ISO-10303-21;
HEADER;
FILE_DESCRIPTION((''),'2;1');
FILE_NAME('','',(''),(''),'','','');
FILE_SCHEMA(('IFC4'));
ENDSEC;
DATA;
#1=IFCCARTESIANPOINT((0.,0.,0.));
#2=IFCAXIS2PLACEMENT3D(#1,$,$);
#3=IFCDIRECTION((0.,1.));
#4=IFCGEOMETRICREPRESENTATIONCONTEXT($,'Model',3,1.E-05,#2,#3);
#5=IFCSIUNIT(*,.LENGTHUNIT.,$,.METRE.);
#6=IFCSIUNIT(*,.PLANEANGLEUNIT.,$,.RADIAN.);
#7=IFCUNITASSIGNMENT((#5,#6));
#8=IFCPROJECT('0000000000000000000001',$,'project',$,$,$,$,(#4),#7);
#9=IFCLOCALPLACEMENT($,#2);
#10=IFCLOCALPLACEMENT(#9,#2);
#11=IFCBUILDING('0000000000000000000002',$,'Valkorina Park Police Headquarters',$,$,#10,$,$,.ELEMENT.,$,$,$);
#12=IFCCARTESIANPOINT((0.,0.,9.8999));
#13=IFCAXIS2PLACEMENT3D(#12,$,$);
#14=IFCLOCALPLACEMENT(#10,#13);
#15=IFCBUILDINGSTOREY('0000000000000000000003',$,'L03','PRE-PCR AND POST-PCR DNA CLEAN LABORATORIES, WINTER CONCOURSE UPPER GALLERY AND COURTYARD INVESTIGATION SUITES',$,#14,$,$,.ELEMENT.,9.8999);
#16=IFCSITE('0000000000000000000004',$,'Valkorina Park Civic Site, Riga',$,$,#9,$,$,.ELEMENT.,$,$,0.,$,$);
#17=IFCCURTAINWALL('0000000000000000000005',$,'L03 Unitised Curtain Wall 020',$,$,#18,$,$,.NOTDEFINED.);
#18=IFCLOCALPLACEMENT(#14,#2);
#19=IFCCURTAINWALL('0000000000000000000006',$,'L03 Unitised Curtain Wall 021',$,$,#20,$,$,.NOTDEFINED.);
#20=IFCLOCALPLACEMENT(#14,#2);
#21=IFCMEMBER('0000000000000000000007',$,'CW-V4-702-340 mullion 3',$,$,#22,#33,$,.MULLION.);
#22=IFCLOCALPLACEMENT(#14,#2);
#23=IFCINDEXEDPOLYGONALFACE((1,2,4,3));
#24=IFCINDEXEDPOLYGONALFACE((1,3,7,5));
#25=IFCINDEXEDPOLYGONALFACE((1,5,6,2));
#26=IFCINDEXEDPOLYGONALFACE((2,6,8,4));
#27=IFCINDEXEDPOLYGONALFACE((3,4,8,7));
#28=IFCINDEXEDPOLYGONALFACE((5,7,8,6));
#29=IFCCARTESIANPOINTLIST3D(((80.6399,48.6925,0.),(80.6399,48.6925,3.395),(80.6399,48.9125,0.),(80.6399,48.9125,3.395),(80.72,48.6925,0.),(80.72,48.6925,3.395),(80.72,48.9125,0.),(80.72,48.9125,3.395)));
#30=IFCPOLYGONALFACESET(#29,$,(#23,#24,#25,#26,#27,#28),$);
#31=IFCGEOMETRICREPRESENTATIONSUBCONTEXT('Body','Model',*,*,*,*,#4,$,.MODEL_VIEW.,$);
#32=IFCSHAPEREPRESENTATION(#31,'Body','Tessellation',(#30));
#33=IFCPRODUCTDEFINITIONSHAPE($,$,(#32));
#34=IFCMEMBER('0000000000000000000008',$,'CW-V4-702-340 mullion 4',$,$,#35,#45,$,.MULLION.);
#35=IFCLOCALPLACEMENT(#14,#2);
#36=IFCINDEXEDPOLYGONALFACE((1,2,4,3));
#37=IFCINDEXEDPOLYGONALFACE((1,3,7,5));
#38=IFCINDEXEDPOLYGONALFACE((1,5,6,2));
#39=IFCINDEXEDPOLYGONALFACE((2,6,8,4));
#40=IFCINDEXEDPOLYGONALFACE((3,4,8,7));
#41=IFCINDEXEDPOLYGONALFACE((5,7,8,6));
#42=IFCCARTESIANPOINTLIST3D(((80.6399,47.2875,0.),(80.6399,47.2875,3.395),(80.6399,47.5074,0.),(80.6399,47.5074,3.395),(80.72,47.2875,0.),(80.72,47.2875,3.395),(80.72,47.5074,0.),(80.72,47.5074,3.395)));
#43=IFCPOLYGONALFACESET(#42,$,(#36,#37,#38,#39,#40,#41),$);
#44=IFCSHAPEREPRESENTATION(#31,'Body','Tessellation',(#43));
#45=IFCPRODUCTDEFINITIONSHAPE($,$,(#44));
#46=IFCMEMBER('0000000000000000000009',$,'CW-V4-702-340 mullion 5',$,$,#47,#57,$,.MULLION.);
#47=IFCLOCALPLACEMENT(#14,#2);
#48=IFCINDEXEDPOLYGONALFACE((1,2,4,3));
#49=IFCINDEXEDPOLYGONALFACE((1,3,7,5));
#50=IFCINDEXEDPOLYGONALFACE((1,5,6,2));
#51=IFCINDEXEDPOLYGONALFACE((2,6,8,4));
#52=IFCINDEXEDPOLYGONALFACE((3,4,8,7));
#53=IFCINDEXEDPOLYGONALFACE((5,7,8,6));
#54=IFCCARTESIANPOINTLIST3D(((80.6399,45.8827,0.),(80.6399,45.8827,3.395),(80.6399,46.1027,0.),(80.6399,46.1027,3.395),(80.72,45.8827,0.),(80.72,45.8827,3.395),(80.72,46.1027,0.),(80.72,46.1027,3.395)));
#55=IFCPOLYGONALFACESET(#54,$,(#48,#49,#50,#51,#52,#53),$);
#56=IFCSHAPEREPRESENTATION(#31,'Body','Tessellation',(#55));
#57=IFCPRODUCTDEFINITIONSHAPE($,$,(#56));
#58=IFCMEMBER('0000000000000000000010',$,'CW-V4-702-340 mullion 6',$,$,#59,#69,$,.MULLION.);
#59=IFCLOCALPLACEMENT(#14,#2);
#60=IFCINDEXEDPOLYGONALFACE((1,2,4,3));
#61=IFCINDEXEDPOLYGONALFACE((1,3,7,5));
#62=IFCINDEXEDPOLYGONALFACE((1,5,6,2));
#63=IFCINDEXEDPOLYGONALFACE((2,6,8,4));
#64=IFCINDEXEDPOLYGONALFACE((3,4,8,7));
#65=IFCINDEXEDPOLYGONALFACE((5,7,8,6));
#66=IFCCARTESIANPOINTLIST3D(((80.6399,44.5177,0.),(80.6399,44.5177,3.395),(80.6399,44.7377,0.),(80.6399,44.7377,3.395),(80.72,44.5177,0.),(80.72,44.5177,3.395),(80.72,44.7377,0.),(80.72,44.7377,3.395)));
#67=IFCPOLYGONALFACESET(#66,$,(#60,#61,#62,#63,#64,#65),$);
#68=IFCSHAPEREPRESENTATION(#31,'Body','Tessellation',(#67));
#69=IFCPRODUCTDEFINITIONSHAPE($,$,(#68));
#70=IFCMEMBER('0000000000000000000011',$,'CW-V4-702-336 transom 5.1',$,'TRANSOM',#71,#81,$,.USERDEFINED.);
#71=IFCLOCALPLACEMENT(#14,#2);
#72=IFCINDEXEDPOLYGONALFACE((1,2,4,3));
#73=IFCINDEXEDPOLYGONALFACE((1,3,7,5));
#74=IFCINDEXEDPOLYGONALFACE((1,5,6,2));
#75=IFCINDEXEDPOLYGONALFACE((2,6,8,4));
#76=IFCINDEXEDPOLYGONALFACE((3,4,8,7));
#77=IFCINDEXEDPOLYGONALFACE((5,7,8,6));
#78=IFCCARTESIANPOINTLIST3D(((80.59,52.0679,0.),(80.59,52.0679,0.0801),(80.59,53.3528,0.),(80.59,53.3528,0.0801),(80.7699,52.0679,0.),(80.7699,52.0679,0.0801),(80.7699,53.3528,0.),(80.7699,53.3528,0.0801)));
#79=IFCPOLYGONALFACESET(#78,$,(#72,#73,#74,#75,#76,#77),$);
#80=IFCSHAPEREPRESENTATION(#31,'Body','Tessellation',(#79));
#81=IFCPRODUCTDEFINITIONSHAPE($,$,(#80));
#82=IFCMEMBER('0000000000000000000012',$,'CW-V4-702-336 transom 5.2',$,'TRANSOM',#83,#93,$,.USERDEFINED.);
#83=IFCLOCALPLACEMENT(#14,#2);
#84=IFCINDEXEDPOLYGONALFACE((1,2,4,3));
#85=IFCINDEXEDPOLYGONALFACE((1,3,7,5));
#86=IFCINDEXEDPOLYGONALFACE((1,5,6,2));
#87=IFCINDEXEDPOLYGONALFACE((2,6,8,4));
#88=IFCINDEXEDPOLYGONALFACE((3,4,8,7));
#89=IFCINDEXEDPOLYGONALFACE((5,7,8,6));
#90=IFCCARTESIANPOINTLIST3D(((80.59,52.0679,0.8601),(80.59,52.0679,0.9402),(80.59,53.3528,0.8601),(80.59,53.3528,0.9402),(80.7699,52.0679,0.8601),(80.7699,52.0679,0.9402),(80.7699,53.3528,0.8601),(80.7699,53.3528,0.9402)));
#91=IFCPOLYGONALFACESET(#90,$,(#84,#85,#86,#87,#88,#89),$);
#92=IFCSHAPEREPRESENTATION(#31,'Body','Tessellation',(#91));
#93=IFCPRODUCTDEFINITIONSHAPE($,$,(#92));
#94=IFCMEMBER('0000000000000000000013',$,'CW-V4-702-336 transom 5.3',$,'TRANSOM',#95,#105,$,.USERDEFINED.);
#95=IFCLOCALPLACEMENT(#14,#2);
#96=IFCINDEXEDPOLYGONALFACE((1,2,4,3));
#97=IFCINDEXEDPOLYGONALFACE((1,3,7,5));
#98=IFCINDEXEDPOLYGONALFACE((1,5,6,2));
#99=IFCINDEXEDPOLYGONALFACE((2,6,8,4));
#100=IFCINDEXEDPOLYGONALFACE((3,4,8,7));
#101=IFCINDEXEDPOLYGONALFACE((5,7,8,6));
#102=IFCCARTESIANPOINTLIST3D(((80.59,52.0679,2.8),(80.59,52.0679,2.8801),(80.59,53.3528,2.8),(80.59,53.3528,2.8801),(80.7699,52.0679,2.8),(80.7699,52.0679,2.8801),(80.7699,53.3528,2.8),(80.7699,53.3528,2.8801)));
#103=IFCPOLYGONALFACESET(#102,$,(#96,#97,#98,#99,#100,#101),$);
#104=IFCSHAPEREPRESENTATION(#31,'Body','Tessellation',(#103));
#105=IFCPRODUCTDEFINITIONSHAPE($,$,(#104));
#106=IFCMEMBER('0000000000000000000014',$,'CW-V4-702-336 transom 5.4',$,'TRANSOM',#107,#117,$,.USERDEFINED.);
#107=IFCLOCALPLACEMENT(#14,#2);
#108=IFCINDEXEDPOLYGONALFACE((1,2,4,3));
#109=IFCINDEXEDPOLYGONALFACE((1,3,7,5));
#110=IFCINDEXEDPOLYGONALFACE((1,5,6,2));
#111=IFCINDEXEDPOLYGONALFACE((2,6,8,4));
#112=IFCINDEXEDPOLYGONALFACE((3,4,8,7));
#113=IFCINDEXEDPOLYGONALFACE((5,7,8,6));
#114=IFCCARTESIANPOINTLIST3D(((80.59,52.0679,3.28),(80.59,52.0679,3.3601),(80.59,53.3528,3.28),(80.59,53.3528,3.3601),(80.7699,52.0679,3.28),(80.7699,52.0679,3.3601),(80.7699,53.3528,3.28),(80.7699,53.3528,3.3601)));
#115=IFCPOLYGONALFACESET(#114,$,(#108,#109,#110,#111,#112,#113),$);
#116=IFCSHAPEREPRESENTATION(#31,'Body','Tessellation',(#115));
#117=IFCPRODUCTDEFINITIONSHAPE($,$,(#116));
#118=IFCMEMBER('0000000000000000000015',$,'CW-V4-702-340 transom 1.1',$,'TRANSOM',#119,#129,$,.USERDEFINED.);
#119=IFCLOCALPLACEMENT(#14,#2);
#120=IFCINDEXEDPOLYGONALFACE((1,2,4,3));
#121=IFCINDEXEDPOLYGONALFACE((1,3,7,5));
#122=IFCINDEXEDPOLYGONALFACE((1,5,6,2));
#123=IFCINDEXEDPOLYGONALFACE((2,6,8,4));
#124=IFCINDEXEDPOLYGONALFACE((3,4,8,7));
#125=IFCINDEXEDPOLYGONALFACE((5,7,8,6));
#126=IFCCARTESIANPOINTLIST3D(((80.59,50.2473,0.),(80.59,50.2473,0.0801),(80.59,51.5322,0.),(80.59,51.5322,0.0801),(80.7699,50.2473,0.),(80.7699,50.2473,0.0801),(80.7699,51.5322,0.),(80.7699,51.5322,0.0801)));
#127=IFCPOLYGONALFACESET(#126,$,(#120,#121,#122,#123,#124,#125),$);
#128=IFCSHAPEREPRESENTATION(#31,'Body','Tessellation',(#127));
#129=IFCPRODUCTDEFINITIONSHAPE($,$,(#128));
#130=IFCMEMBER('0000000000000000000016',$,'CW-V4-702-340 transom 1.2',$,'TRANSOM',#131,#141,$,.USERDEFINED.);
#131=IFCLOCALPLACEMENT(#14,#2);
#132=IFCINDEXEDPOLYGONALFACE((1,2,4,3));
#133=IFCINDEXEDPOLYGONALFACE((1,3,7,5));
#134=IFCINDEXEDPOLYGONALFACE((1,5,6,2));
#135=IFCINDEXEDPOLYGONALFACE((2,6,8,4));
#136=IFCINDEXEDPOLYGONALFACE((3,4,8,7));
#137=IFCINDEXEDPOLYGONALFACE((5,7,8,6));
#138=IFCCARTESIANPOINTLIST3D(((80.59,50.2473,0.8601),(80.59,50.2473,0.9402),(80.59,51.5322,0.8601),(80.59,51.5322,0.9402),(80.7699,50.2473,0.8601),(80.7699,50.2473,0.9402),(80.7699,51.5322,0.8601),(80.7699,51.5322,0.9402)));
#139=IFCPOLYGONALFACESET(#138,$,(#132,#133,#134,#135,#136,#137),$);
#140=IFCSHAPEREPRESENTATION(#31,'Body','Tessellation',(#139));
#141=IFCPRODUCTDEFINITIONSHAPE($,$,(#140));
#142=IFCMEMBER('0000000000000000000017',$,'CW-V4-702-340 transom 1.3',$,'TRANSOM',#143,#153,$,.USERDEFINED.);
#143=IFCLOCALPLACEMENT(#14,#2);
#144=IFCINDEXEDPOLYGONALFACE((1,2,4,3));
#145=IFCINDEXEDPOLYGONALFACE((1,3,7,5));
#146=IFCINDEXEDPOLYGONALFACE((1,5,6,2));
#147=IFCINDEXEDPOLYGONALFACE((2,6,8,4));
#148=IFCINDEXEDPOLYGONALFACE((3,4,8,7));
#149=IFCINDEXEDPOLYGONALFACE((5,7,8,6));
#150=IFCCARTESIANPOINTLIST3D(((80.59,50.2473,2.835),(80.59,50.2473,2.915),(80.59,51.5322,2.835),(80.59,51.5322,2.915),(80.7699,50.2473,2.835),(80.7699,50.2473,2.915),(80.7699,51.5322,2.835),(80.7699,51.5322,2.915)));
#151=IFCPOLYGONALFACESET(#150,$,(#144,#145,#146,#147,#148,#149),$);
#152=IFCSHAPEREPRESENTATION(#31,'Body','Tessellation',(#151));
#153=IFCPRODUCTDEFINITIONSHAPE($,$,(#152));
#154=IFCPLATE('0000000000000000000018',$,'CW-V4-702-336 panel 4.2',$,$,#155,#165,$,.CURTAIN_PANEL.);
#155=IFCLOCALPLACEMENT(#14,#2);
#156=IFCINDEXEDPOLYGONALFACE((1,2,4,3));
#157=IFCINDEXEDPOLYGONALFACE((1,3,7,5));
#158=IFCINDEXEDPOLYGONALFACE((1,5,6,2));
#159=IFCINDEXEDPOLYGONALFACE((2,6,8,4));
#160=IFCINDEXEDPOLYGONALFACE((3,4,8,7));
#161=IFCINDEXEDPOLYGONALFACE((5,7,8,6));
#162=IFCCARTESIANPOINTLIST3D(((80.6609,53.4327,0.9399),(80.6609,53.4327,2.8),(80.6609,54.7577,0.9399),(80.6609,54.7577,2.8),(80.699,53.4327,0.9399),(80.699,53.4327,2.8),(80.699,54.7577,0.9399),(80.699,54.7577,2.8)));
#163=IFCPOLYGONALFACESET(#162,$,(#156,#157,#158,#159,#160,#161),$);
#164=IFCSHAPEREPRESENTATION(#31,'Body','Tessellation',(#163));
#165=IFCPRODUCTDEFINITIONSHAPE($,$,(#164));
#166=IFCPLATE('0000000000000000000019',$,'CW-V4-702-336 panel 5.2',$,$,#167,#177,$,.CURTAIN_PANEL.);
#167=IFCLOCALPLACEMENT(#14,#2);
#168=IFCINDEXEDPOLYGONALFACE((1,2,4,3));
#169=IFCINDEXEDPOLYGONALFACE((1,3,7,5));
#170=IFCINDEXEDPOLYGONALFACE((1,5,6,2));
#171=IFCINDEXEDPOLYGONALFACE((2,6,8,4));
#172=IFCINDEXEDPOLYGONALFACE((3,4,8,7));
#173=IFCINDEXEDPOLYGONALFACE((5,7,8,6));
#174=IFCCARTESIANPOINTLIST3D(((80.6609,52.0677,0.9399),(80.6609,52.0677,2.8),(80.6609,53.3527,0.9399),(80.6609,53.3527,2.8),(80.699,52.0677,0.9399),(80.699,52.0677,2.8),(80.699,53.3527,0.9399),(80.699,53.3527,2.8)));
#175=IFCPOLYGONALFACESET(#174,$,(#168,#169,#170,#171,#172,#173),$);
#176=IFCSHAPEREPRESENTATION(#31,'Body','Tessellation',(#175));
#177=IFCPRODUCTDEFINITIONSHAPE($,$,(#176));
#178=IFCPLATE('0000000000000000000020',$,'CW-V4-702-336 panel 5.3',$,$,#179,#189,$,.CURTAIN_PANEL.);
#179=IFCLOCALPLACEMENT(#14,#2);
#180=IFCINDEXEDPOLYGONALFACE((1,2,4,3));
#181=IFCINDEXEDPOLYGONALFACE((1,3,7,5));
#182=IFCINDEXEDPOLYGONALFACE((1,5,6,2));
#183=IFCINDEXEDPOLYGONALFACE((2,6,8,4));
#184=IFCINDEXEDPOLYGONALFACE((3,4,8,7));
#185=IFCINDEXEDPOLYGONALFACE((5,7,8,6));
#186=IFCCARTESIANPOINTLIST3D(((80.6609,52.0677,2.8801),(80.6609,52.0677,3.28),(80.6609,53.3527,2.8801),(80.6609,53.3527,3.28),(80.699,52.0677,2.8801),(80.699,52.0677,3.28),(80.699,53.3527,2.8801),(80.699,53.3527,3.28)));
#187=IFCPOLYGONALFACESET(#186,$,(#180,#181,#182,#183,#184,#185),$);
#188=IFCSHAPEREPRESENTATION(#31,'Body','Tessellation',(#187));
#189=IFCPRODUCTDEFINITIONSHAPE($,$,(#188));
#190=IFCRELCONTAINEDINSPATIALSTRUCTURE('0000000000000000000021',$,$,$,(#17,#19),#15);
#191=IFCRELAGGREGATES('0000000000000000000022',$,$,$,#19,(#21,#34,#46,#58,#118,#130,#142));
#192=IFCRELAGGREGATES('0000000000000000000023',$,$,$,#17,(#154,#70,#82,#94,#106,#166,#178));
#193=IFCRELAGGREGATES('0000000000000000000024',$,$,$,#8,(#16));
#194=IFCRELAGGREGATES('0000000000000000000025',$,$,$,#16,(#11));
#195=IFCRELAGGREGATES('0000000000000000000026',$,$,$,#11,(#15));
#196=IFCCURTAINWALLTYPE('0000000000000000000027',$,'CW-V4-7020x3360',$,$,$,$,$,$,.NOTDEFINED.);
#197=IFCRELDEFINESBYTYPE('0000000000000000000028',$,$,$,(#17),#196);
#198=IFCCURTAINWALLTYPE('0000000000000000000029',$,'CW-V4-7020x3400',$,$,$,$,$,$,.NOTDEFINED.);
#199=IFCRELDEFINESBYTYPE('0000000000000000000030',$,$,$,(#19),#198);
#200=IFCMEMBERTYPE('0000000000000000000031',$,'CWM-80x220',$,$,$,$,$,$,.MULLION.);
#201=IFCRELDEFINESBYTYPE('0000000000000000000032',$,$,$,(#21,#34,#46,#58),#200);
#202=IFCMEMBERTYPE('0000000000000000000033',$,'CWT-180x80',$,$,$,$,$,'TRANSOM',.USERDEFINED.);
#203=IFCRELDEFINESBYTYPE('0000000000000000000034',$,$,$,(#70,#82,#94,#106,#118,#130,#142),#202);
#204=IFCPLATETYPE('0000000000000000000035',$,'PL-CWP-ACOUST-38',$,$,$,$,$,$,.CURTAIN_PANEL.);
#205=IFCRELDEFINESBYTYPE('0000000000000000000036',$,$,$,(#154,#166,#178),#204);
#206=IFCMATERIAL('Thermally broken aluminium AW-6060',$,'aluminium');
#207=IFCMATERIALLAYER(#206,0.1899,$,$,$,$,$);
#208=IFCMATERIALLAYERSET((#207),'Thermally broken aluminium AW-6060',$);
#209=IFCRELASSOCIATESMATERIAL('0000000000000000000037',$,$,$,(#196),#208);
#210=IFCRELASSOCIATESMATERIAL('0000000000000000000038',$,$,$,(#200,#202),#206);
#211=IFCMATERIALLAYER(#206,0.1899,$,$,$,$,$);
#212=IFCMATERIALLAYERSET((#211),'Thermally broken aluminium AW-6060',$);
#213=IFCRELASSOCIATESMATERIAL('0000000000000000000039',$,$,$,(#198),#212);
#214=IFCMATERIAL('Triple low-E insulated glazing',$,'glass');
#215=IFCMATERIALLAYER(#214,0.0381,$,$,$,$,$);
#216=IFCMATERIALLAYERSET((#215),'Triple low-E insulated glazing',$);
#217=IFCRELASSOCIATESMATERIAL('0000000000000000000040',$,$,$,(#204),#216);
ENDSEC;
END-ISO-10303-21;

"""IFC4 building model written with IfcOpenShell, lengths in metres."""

from ifc_helpers import new_model, si_unit, direction, frame, origin, origin_2d, place, context, subcontext, project, spatial, rectangle, extrude, material, layer, layer_set, material_profile, profile_set, type_object, element, aggregate, save


model = new_model("IFC4")

# Units and contexts
model_context = context("Model", 3, precision=1e-05, world=origin(), true_north=direction((0.0, 1.0)))
body_context = subcontext(model_context, "Body", "Model", "MODEL_VIEW")
ifc_project = project(units=[si_unit("LENGTHUNIT", "METRE"), si_unit("PLANEANGLEUNIT", "RADIAN")], contexts=[model_context])

# Site, building, storey
site_placement = place(None, origin())
site = spatial("IfcSite", under=ifc_project, at=site_placement, Name="Valkorina Park Civic Site, Riga", CompositionType="ELEMENT", RefElevation=0.0)
building_placement = place(site_placement, origin())
building = spatial("IfcBuilding", under=site, at=building_placement, Name="Valkorina Park Police Headquarters", CompositionType="ELEMENT")
storey_placement = place(building_placement, frame((0.0, 0.0, 9.8999)))
storey = spatial("IfcBuildingStorey", under=building, at=storey_placement, Name="L03", Description="PRE-PCR AND POST-PCR DNA CLEAN LABORATORIES, WINTER CONCOURSE UPPER GALLERY AND COURTYARD INVESTIGATION SUITES", CompositionType="ELEMENT", Elevation=9.8999)

# Curtain walls, members
ifc_material_1 = material(Name="Thermally broken aluminium AW-6060", Category="aluminium")
ifc_layer_1 = layer(ifc_material_1, 0.1899)
ifc_layer_set_1 = layer_set([ifc_layer_1], Name="Thermally broken aluminium AW-6060")
curtain_wall_type_1 = type_object("IfcCurtainWallType", Name="CW-V4-7020x3360", PredefinedType="NOTDEFINED", material=ifc_layer_set_1)
curtain_wall_1_placement = place(storey_placement, origin())
curtain_wall_1 = element("IfcCurtainWall", 1, at=curtain_wall_1_placement, inside=storey, type_object=curtain_wall_type_1, Name="L03 Unitised Curtain Wall 020", PredefinedType="NOTDEFINED")
ifc_material_profile_1 = material_profile(ifc_material_1, rectangle(XDim=0.0801, YDim=0.22, at=origin_2d()), Name="CWM-03 80x220")
ifc_profile_set_1 = profile_set([ifc_material_profile_1], Name="Thermally broken aluminium AW-6060")
member_type_1 = type_object("IfcMemberType", Name="CWM-80x220", PredefinedType="MULLION", material=ifc_profile_set_1)
ifc_layer_2 = layer(ifc_material_1, 0.1899)
ifc_layer_set_2 = layer_set([ifc_layer_2], Name="Thermally broken aluminium AW-6060")
curtain_wall_type_2 = type_object("IfcCurtainWallType", Name="CW-V4-7020x3400", PredefinedType="NOTDEFINED", material=ifc_layer_set_2)
curtain_wall_2_placement = place(storey_placement, origin())
curtain_wall_2 = element("IfcCurtainWall", 2, at=curtain_wall_2_placement, inside=storey, type_object=curtain_wall_type_2, Name="L03 Unitised Curtain Wall 021", PredefinedType="NOTDEFINED")
member_1_placement = place(storey_placement, frame((80.6799, 48.8025, 0.0), z_axis=(0.0, 0.0, 1.0), x_axis=(1.0, 0.0, 0.0)))
member_1 = element("IfcMember", 3, at=member_1_placement, type_object=member_type_1, Name="CW-V4-702-340 mullion 3", PredefinedType="MULLION", context=body_context, shape_type="SweptSolid", body=[
    extrude(rectangle(XDim=0.0801, YDim=0.22, at=origin_2d()), origin(), (0.0, 0.0, 1.0), 3.395),
])
member_2_placement = place(storey_placement, frame((80.6799, 47.3975, 0.0), z_axis=(0.0, 0.0, 1.0), x_axis=(1.0, 0.0, 0.0)))
member_2 = element("IfcMember", 4, at=member_2_placement, type_object=member_type_1, Name="CW-V4-702-340 mullion 4", PredefinedType="MULLION", context=body_context, shape_type="SweptSolid", body=[
    extrude(rectangle(XDim=0.0801, YDim=0.22, at=origin_2d()), origin(), (0.0, 0.0, 1.0), 3.395),
])
member_3_placement = place(storey_placement, frame((80.6799, 45.9927, 0.0), z_axis=(0.0, 0.0, 1.0), x_axis=(1.0, 0.0, 0.0)))
member_3 = element("IfcMember", 5, at=member_3_placement, type_object=member_type_1, Name="CW-V4-702-340 mullion 5", PredefinedType="MULLION", context=body_context, shape_type="SweptSolid", body=[
    extrude(rectangle(XDim=0.0801, YDim=0.22, at=origin_2d()), origin(), (0.0, 0.0, 1.0), 3.395),
])
member_4_placement = place(storey_placement, frame((80.6799, 44.6277, 0.0), z_axis=(0.0, 0.0, 1.0), x_axis=(1.0, 0.0, 0.0)))
member_4 = element("IfcMember", 6, at=member_4_placement, type_object=member_type_1, Name="CW-V4-702-340 mullion 6", PredefinedType="MULLION", context=body_context, shape_type="SweptSolid", body=[
    extrude(rectangle(XDim=0.0801, YDim=0.22, at=origin_2d()), origin(), (0.0, 0.0, 1.0), 3.395),
])

# Members
ifc_material_profile_2 = material_profile(ifc_material_1, rectangle(XDim=0.1799, YDim=0.0801, at=origin_2d()), Name="CWT-03 180x80")
ifc_profile_set_2 = profile_set([ifc_material_profile_2], Name="Thermally broken aluminium AW-6060")
member_type_2 = type_object("IfcMemberType", Name="CWT-180x80", ElementType="TRANSOM", PredefinedType="USERDEFINED", material=ifc_profile_set_2)
member_5_placement = place(storey_placement, frame((80.6799, 53.3528, 0.04), z_axis=(0.0, -1.0, 0.0), x_axis=(1.0, 0.0, 0.0)))
member_5 = element("IfcMember", 7, at=member_5_placement, type_object=member_type_2, Name="CW-V4-702-336 transom 5.1", ObjectType="TRANSOM", PredefinedType="USERDEFINED", context=body_context, shape_type="SweptSolid", body=[
    extrude(rectangle(XDim=0.1799, YDim=0.0801, at=origin_2d()), origin(), (0.0, 0.0, 1.0), 1.2849),
])
member_6_placement = place(storey_placement, frame((80.6799, 53.3528, 0.9001), z_axis=(0.0, -1.0, 0.0), x_axis=(1.0, 0.0, 0.0)))
member_6 = element("IfcMember", 8, at=member_6_placement, type_object=member_type_2, Name="CW-V4-702-336 transom 5.2", ObjectType="TRANSOM", PredefinedType="USERDEFINED", context=body_context, shape_type="SweptSolid", body=[
    extrude(rectangle(XDim=0.1799, YDim=0.0801, at=origin_2d()), origin(), (0.0, 0.0, 1.0), 1.2849),
])
member_7_placement = place(storey_placement, frame((80.6799, 53.3528, 2.8401), z_axis=(0.0, -1.0, 0.0), x_axis=(1.0, 0.0, 0.0)))
member_7 = element("IfcMember", 9, at=member_7_placement, type_object=member_type_2, Name="CW-V4-702-336 transom 5.3", ObjectType="TRANSOM", PredefinedType="USERDEFINED", context=body_context, shape_type="SweptSolid", body=[
    extrude(rectangle(XDim=0.1799, YDim=0.0801, at=origin_2d()), origin(), (0.0, 0.0, 1.0), 1.2849),
])
member_8_placement = place(storey_placement, frame((80.6799, 53.3528, 3.3201), z_axis=(0.0, -1.0, 0.0), x_axis=(1.0, 0.0, 0.0)))
member_8 = element("IfcMember", 10, at=member_8_placement, type_object=member_type_2, Name="CW-V4-702-336 transom 5.4", ObjectType="TRANSOM", PredefinedType="USERDEFINED", context=body_context, shape_type="SweptSolid", body=[
    extrude(rectangle(XDim=0.1799, YDim=0.0801, at=origin_2d()), origin(), (0.0, 0.0, 1.0), 1.2849),
])
member_9_placement = place(storey_placement, frame((80.6799, 51.5322, 0.04), z_axis=(0.0, -1.0, 0.0), x_axis=(1.0, 0.0, 0.0)))
member_9 = element("IfcMember", 11, at=member_9_placement, type_object=member_type_2, Name="CW-V4-702-340 transom 1.1", ObjectType="TRANSOM", PredefinedType="USERDEFINED", context=body_context, shape_type="SweptSolid", body=[
    extrude(rectangle(XDim=0.1799, YDim=0.0801, at=origin_2d()), origin(), (0.0, 0.0, 1.0), 1.2849),
])
member_10_placement = place(storey_placement, frame((80.6799, 51.5322, 0.9001), z_axis=(0.0, -1.0, 0.0), x_axis=(1.0, 0.0, 0.0)))
member_10 = element("IfcMember", 12, at=member_10_placement, type_object=member_type_2, Name="CW-V4-702-340 transom 1.2", ObjectType="TRANSOM", PredefinedType="USERDEFINED", context=body_context, shape_type="SweptSolid", body=[
    extrude(rectangle(XDim=0.1799, YDim=0.0801, at=origin_2d()), origin(), (0.0, 0.0, 1.0), 1.2849),
])
member_11_placement = place(storey_placement, frame((80.6799, 51.5322, 2.875), z_axis=(0.0, -1.0, 0.0), x_axis=(1.0, 0.0, 0.0)))
member_11 = element("IfcMember", 13, at=member_11_placement, type_object=member_type_2, Name="CW-V4-702-340 transom 1.3", ObjectType="TRANSOM", PredefinedType="USERDEFINED", context=body_context, shape_type="SweptSolid", body=[
    extrude(rectangle(XDim=0.1799, YDim=0.0801, at=origin_2d()), origin(), (0.0, 0.0, 1.0), 1.2849),
])
aggregate(curtain_wall_2, [member_1, member_2, member_3, member_4, member_9, member_10, member_11])

# Plates
ifc_material_2 = material(Name="Triple low-E insulated glazing", Category="glass")
ifc_layer_3 = layer(ifc_material_2, 0.0381)
ifc_layer_set_3 = layer_set([ifc_layer_3], Name="Triple low-E insulated glazing")
plate_type_1 = type_object("IfcPlateType", Name="PL-CWP-ACOUST-38", PredefinedType="CURTAIN_PANEL", material=ifc_layer_set_3)
plate_1_placement = place(storey_placement, frame((80.6799, 54.0952, 0.9399), z_axis=(0.0, 0.0, 1.0), x_axis=(0.0, -1.0, 0.0)))
plate_1 = element("IfcPlate", 14, at=plate_1_placement, type_object=plate_type_1, Name="CW-V4-702-336 panel 4.2", PredefinedType="CURTAIN_PANEL", context=body_context, shape_type="SweptSolid", body=[
    extrude(rectangle(XDim=1.325, YDim=0.0381, at=origin_2d()), origin(), (0.0, 0.0, 1.0), 1.8601),
])
plate_2_placement = place(storey_placement, frame((80.6799, 52.7102, 0.9399), z_axis=(0.0, 0.0, 1.0), x_axis=(0.0, -1.0, 0.0)))
plate_2 = element("IfcPlate", 15, at=plate_2_placement, type_object=plate_type_1, Name="CW-V4-702-336 panel 5.2", PredefinedType="CURTAIN_PANEL", context=body_context, shape_type="SweptSolid", body=[
    extrude(rectangle(XDim=1.2849, YDim=0.0381, at=origin_2d()), origin(), (0.0, 0.0, 1.0), 1.8601),
])
plate_3_placement = place(storey_placement, frame((80.6799, 52.7102, 2.8801), z_axis=(0.0, 0.0, 1.0), x_axis=(0.0, -1.0, 0.0)))
plate_3 = element("IfcPlate", 16, at=plate_3_placement, type_object=plate_type_1, Name="CW-V4-702-336 panel 5.3", PredefinedType="CURTAIN_PANEL", context=body_context, shape_type="SweptSolid", body=[
    extrude(rectangle(XDim=1.2849, YDim=0.0381, at=origin_2d()), origin(), (0.0, 0.0, 1.0), 0.3999),
])
aggregate(curtain_wall_1, [plate_1, member_5, member_6, member_7, member_8, plate_2, plate_3])

save(model, "model.ifc")
